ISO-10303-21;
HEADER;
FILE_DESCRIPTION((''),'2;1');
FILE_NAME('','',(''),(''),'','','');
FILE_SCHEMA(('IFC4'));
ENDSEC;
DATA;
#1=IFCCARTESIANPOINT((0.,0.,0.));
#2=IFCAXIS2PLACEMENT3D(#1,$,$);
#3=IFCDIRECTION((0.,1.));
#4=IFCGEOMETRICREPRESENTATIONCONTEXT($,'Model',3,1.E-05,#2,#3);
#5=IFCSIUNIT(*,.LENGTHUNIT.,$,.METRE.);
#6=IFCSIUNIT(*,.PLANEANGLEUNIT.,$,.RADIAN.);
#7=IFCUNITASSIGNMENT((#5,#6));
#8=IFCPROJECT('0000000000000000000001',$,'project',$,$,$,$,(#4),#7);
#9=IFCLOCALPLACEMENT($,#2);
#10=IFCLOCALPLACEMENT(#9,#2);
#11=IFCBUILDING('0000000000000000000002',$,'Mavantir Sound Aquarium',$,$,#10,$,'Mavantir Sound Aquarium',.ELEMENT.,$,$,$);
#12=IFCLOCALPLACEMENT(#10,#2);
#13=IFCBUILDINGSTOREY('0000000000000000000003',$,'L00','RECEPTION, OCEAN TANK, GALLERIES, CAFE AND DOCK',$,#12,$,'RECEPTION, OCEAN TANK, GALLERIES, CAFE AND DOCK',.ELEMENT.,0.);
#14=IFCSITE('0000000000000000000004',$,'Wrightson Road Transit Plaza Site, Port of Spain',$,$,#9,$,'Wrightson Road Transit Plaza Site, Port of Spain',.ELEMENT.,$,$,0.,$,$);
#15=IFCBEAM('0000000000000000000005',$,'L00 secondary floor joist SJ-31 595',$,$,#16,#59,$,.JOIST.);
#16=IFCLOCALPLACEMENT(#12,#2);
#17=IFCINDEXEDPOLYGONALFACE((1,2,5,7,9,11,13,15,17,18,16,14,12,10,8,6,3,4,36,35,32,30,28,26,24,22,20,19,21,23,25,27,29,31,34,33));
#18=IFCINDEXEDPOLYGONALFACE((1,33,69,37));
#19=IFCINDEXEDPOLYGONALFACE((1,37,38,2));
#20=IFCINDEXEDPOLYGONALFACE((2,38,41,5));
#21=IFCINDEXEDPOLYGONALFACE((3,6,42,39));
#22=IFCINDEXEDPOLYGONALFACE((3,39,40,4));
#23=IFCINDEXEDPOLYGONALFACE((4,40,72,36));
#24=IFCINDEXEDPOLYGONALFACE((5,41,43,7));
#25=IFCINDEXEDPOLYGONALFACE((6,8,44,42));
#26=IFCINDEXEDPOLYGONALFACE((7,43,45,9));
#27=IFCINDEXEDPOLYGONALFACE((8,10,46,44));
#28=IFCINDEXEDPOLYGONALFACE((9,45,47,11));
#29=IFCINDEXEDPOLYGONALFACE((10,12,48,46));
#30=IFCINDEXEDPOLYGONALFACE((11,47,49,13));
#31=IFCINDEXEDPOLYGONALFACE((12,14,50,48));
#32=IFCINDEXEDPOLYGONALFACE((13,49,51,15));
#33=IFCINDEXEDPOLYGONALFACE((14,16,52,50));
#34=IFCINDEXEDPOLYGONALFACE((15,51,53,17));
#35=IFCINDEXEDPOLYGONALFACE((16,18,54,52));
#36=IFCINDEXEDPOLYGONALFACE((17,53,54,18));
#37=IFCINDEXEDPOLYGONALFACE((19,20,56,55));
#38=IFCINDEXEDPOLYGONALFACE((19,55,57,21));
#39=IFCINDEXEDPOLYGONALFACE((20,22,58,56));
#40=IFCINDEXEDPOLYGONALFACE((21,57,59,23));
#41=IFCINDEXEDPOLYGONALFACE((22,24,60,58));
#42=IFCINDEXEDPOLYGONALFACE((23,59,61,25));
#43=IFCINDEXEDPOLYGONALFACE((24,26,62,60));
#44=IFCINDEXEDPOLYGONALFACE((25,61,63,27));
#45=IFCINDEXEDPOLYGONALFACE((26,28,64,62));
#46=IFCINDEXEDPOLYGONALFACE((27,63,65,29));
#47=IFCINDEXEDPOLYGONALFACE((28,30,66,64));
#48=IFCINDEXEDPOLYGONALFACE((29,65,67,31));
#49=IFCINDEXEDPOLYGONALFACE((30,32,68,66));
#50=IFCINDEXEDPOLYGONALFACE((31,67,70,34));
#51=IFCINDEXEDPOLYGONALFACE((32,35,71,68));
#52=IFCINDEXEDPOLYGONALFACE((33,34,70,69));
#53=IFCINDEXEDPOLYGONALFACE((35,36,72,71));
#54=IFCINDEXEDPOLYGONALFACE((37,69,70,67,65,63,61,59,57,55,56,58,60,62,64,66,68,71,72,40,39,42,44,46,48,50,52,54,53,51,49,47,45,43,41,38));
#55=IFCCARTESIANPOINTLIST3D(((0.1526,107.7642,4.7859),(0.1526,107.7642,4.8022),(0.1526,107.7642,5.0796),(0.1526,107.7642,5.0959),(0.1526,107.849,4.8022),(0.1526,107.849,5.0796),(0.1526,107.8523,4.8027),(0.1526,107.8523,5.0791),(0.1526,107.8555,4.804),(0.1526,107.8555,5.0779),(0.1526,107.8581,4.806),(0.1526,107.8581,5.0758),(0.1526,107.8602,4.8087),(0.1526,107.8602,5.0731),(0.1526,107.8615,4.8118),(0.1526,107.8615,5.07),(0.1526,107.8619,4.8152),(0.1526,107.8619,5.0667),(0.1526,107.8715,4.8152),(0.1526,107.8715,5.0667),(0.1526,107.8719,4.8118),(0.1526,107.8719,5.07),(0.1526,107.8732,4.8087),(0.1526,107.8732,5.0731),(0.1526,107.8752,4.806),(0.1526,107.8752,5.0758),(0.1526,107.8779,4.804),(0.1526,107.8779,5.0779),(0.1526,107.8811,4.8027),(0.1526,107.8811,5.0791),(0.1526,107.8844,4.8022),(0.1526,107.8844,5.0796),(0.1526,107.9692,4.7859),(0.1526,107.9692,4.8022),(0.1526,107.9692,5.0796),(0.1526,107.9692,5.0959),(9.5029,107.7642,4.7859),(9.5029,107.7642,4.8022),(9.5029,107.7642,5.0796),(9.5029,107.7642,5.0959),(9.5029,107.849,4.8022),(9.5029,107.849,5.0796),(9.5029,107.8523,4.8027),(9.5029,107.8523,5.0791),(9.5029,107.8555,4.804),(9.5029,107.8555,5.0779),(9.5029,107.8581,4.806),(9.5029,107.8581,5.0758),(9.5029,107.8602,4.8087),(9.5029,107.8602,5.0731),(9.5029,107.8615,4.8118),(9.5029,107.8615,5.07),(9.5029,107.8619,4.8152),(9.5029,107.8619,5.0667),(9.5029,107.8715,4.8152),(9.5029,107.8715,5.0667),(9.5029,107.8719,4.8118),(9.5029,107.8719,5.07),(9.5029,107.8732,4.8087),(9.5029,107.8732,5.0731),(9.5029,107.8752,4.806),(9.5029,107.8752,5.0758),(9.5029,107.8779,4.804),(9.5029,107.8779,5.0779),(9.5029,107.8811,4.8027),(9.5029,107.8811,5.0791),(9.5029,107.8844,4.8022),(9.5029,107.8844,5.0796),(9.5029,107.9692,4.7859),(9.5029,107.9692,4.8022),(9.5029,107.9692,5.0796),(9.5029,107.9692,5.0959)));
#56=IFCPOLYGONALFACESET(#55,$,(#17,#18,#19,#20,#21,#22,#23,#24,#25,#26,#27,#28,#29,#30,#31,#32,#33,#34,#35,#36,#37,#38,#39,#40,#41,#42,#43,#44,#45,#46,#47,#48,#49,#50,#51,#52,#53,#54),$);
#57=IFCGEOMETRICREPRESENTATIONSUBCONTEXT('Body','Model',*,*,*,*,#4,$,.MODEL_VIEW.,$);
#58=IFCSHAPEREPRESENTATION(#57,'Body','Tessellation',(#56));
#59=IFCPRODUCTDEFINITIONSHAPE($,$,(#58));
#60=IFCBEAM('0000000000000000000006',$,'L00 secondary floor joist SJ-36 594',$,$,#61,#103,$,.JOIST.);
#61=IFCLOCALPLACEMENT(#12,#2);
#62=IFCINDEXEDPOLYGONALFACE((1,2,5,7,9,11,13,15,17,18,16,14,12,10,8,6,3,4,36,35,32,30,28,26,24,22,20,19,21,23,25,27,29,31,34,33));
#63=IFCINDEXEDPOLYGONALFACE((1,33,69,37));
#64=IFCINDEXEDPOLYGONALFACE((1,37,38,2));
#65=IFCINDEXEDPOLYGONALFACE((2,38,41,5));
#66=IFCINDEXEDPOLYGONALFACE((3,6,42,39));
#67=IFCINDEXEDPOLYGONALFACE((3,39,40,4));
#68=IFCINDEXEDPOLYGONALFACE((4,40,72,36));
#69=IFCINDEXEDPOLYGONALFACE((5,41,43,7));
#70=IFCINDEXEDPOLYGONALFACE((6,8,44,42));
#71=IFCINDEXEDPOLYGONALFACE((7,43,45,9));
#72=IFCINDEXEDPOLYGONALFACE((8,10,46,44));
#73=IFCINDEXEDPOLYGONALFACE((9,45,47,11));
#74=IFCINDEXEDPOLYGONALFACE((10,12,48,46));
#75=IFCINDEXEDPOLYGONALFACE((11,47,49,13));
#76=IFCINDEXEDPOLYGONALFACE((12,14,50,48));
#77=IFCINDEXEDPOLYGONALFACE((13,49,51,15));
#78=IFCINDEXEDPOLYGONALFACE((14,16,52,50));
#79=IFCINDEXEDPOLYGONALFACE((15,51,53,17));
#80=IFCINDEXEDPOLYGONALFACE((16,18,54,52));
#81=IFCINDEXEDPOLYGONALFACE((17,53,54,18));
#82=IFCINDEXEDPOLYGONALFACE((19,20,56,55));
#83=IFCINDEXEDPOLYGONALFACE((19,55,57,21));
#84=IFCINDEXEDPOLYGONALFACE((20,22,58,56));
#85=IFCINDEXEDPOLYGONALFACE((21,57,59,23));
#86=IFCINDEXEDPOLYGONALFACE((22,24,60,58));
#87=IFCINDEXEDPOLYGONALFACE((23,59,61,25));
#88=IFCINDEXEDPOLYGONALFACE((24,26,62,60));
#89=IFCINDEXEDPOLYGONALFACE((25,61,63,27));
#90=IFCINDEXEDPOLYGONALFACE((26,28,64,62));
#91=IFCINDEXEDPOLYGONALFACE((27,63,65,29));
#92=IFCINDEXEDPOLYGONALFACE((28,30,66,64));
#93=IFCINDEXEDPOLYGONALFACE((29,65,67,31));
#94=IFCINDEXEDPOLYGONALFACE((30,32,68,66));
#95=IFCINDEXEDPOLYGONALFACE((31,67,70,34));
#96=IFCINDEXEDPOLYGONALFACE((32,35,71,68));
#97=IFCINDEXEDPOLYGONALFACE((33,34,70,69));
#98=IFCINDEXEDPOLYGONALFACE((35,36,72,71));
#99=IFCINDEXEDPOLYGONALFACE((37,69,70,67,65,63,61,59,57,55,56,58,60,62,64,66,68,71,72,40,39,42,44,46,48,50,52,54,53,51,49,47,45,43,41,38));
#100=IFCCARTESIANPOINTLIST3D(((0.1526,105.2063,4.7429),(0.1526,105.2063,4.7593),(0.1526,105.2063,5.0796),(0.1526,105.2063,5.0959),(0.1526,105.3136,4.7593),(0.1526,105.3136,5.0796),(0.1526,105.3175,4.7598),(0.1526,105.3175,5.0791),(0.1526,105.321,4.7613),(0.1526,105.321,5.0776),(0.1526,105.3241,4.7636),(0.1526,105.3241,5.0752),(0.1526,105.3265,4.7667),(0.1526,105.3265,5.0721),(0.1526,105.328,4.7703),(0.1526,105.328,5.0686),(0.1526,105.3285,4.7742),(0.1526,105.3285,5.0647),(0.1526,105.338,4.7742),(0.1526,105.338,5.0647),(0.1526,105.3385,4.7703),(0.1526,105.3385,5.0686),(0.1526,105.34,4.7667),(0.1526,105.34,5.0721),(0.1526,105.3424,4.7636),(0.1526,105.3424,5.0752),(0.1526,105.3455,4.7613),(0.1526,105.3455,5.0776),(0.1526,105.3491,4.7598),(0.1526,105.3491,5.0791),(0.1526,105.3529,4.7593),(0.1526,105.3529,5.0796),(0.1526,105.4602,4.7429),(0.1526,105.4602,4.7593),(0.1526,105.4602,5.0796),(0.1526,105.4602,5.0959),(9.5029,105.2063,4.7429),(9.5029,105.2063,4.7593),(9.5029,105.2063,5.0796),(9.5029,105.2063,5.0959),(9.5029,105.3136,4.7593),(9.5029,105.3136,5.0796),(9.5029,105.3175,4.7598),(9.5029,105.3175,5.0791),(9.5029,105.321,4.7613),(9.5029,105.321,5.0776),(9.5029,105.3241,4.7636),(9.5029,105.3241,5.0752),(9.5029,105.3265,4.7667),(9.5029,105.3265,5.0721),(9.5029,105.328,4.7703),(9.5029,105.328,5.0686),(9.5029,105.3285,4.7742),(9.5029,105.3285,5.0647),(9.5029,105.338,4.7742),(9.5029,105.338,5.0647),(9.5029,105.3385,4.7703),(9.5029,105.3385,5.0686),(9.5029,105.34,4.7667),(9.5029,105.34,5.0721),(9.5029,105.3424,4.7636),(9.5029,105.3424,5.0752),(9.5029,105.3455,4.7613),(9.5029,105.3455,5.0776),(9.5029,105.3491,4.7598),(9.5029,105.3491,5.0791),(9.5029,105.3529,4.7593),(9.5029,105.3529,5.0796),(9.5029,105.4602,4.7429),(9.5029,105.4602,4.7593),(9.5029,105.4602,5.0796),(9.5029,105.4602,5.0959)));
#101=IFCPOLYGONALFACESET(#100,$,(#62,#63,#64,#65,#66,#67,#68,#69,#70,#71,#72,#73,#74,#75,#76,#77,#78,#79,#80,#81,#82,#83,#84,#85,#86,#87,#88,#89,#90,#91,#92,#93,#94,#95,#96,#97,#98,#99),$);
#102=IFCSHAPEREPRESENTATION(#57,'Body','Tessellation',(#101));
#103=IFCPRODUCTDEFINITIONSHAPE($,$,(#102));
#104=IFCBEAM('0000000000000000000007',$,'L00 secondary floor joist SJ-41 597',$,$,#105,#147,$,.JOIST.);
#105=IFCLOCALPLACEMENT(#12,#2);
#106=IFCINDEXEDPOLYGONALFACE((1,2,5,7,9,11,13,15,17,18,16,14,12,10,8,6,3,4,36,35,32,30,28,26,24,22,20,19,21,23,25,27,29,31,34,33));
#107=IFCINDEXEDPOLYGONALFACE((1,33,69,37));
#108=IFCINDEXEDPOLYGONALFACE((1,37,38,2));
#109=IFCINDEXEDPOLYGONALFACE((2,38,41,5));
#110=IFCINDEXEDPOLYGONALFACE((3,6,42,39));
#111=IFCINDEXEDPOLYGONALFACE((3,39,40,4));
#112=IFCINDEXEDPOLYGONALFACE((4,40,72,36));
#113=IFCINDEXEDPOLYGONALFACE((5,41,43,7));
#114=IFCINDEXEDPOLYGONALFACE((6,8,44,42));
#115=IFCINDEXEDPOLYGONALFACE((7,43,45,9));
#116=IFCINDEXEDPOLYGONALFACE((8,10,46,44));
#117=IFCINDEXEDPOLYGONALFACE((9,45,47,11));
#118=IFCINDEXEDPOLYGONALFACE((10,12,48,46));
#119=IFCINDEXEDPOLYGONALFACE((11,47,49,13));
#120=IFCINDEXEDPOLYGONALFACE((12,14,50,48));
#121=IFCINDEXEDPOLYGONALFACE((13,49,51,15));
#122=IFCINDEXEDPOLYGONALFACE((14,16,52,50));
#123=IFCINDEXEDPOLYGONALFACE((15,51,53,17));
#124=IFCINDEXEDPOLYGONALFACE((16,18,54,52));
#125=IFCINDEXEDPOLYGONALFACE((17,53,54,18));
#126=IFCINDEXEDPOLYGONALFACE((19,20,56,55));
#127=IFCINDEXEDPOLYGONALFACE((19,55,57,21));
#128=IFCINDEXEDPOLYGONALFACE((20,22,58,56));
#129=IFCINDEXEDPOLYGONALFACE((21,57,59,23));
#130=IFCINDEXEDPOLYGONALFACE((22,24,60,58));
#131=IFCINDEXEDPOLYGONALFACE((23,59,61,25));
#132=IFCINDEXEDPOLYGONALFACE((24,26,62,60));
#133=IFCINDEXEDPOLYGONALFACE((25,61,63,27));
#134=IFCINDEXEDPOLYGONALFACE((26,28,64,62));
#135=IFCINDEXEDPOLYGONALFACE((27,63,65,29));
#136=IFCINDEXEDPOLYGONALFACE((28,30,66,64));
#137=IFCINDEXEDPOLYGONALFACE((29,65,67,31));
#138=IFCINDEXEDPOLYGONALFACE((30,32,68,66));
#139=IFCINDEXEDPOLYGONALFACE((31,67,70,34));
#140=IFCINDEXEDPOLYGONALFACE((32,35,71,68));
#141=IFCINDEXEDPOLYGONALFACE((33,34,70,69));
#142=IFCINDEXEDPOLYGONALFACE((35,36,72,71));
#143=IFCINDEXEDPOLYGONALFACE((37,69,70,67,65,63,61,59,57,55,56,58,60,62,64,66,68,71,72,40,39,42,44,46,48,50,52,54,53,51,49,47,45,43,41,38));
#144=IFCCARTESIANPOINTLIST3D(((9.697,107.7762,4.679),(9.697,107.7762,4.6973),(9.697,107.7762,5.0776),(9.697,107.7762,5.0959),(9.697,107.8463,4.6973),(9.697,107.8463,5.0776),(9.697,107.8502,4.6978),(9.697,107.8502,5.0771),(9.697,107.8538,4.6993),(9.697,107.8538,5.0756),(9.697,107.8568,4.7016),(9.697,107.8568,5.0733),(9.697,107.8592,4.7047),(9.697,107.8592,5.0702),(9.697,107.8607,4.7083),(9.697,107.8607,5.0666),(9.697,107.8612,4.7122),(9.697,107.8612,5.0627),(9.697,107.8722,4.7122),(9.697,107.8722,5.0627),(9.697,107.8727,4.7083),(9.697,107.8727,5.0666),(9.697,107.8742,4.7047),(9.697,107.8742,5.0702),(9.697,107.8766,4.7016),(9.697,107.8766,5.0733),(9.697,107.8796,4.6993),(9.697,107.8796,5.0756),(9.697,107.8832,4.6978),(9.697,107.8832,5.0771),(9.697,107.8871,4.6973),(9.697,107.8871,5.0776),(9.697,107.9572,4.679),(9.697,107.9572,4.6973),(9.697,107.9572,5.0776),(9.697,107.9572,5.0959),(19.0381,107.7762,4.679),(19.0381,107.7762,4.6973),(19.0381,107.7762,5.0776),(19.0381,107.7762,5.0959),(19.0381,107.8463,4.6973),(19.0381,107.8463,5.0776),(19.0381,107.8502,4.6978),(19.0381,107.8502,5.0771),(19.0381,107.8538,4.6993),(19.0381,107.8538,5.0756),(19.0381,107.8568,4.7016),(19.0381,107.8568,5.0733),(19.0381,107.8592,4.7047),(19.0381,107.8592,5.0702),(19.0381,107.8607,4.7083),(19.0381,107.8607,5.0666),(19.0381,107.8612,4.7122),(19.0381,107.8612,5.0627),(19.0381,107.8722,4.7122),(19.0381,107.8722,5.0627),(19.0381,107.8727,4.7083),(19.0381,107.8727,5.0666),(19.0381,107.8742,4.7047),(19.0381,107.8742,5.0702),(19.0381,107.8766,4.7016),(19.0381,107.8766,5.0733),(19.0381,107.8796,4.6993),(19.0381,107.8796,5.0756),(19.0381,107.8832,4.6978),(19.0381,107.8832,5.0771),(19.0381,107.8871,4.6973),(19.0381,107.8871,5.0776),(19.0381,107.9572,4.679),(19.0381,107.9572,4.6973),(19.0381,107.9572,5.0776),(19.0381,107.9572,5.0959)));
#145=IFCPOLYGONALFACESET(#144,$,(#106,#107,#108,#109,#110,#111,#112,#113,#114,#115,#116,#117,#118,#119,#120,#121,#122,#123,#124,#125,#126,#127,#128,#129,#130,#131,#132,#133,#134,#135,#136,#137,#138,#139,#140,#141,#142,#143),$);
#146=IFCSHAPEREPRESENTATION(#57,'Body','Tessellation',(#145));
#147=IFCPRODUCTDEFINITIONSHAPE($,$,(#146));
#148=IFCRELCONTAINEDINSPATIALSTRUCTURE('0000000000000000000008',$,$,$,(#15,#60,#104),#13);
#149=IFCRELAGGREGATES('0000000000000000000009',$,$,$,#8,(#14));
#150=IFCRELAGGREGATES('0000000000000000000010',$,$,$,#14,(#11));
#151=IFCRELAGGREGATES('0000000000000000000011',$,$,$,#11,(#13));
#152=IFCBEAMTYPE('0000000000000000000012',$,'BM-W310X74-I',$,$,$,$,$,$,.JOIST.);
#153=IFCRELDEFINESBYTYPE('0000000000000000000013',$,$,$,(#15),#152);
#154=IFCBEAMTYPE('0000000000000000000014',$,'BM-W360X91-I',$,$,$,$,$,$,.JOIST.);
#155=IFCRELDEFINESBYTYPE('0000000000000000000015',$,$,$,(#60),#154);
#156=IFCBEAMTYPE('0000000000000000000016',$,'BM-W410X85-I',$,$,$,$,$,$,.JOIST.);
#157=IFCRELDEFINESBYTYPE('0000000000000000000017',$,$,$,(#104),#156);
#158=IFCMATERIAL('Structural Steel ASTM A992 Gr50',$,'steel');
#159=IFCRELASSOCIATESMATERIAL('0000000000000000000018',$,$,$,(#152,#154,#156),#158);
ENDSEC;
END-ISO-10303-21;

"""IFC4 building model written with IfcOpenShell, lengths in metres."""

from ifc_helpers import new_model, si_unit, direction, frame, origin, origin_2d, place, context, subcontext, project, spatial, i_section, extrude, material, material_profile, profile_set, type_object, element, save


model = new_model("IFC4")

# Units and contexts
model_context = context("Model", 3, precision=1e-05, world=origin(), true_north=direction((0.0, 1.0)))
body_context = subcontext(model_context, "Body", "Model", "MODEL_VIEW")
ifc_project = project(units=[si_unit("LENGTHUNIT", "METRE"), si_unit("PLANEANGLEUNIT", "RADIAN")], contexts=[model_context])

# Site, building, storey
site_placement = place(None, origin())
site = spatial("IfcSite", under=ifc_project, at=site_placement, Name="Wrightson Road Transit Plaza Site, Port of Spain", LongName="Wrightson Road Transit Plaza Site, Port of Spain", CompositionType="ELEMENT", RefElevation=0.0)
building_placement = place(site_placement, origin())
building = spatial("IfcBuilding", under=site, at=building_placement, Name="Mavantir Sound Aquarium", LongName="Mavantir Sound Aquarium", CompositionType="ELEMENT")
storey_placement = place(building_placement, origin())
storey = spatial("IfcBuildingStorey", under=building, at=storey_placement, Name="L00", Description="RECEPTION, OCEAN TANK, GALLERIES, CAFE AND DOCK", LongName="RECEPTION, OCEAN TANK, GALLERIES, CAFE AND DOCK", CompositionType="ELEMENT", Elevation=0.0)

# Beams
ifc_material_1 = material(Name="Structural Steel ASTM A992 Gr50", Category="steel")
ifc_material_profile_1 = material_profile(ifc_material_1, i_section(OverallWidth=0.2051, OverallDepth=0.3101, WebThickness=0.0095, FlangeThickness=0.0164, FilletRadius=0.0129, at=origin_2d()), Name="W310X74")
ifc_profile_set_1 = profile_set([ifc_material_profile_1], Name="Structural Steel ASTM A992 Gr50")
beam_type_1 = type_object("IfcBeamType", Name="BM-W310X74-I", PredefinedType="JOIST", material=ifc_profile_set_1)
beam_1_placement = place(storey_placement, frame((0.1526, 107.8667, 4.9409), z_axis=(1.0, 0.0, 0.0), x_axis=(0.0, 1.0, 0.0)))
element("IfcBeam", 1, at=beam_1_placement, inside=storey, type_object=beam_type_1, Name="L00 secondary floor joist SJ-31 595", PredefinedType="JOIST", context=body_context, shape_type="SweptSolid", body=[
    extrude(i_section(OverallWidth=0.2051, OverallDepth=0.3101, WebThickness=0.0095, FlangeThickness=0.0164, FilletRadius=0.0129, at=origin_2d()), origin(), (0.0, 0.0, 1.0), 9.3503),
])
ifc_material_profile_2 = material_profile(ifc_material_1, i_section(OverallWidth=0.2539, OverallDepth=0.353, WebThickness=0.0095, FlangeThickness=0.0164, FilletRadius=0.0149, at=origin_2d()), Name="W360X91")
ifc_profile_set_2 = profile_set([ifc_material_profile_2], Name="Structural Steel ASTM A992 Gr50")
beam_type_2 = type_object("IfcBeamType", Name="BM-W360X91-I", PredefinedType="JOIST", material=ifc_profile_set_2)
beam_2_placement = place(storey_placement, frame((0.1526, 105.3333, 4.9194), z_axis=(1.0, 0.0, 0.0), x_axis=(0.0, 1.0, 0.0)))
element("IfcBeam", 2, at=beam_2_placement, inside=storey, type_object=beam_type_2, Name="L00 secondary floor joist SJ-36 594", PredefinedType="JOIST", context=body_context, shape_type="SweptSolid", body=[
    extrude(i_section(OverallWidth=0.2539, OverallDepth=0.353, WebThickness=0.0095, FlangeThickness=0.0164, FilletRadius=0.0149, at=origin_2d()), origin(), (0.0, 0.0, 1.0), 9.3503),
])
ifc_material_profile_3 = material_profile(ifc_material_1, i_section(OverallWidth=0.1809, OverallDepth=0.417, WebThickness=0.011, FlangeThickness=0.0183, FilletRadius=0.0149, at=origin_2d()), Name="W410X85")
ifc_profile_set_3 = profile_set([ifc_material_profile_3], Name="Structural Steel ASTM A992 Gr50")
beam_type_3 = type_object("IfcBeamType", Name="BM-W410X85-I", PredefinedType="JOIST", material=ifc_profile_set_3)
beam_3_placement = place(storey_placement, frame((9.697, 107.8667, 4.8875), z_axis=(1.0, 0.0, 0.0), x_axis=(0.0, 1.0, 0.0)))
element("IfcBeam", 3, at=beam_3_placement, inside=storey, type_object=beam_type_3, Name="L00 secondary floor joist SJ-41 597", PredefinedType="JOIST", context=body_context, shape_type="SweptSolid", body=[
    extrude(i_section(OverallWidth=0.1809, OverallDepth=0.417, WebThickness=0.011, FlangeThickness=0.0183, FilletRadius=0.0149, at=origin_2d()), origin(), (0.0, 0.0, 1.0), 9.3411),
])

save(model, "model.ifc")
